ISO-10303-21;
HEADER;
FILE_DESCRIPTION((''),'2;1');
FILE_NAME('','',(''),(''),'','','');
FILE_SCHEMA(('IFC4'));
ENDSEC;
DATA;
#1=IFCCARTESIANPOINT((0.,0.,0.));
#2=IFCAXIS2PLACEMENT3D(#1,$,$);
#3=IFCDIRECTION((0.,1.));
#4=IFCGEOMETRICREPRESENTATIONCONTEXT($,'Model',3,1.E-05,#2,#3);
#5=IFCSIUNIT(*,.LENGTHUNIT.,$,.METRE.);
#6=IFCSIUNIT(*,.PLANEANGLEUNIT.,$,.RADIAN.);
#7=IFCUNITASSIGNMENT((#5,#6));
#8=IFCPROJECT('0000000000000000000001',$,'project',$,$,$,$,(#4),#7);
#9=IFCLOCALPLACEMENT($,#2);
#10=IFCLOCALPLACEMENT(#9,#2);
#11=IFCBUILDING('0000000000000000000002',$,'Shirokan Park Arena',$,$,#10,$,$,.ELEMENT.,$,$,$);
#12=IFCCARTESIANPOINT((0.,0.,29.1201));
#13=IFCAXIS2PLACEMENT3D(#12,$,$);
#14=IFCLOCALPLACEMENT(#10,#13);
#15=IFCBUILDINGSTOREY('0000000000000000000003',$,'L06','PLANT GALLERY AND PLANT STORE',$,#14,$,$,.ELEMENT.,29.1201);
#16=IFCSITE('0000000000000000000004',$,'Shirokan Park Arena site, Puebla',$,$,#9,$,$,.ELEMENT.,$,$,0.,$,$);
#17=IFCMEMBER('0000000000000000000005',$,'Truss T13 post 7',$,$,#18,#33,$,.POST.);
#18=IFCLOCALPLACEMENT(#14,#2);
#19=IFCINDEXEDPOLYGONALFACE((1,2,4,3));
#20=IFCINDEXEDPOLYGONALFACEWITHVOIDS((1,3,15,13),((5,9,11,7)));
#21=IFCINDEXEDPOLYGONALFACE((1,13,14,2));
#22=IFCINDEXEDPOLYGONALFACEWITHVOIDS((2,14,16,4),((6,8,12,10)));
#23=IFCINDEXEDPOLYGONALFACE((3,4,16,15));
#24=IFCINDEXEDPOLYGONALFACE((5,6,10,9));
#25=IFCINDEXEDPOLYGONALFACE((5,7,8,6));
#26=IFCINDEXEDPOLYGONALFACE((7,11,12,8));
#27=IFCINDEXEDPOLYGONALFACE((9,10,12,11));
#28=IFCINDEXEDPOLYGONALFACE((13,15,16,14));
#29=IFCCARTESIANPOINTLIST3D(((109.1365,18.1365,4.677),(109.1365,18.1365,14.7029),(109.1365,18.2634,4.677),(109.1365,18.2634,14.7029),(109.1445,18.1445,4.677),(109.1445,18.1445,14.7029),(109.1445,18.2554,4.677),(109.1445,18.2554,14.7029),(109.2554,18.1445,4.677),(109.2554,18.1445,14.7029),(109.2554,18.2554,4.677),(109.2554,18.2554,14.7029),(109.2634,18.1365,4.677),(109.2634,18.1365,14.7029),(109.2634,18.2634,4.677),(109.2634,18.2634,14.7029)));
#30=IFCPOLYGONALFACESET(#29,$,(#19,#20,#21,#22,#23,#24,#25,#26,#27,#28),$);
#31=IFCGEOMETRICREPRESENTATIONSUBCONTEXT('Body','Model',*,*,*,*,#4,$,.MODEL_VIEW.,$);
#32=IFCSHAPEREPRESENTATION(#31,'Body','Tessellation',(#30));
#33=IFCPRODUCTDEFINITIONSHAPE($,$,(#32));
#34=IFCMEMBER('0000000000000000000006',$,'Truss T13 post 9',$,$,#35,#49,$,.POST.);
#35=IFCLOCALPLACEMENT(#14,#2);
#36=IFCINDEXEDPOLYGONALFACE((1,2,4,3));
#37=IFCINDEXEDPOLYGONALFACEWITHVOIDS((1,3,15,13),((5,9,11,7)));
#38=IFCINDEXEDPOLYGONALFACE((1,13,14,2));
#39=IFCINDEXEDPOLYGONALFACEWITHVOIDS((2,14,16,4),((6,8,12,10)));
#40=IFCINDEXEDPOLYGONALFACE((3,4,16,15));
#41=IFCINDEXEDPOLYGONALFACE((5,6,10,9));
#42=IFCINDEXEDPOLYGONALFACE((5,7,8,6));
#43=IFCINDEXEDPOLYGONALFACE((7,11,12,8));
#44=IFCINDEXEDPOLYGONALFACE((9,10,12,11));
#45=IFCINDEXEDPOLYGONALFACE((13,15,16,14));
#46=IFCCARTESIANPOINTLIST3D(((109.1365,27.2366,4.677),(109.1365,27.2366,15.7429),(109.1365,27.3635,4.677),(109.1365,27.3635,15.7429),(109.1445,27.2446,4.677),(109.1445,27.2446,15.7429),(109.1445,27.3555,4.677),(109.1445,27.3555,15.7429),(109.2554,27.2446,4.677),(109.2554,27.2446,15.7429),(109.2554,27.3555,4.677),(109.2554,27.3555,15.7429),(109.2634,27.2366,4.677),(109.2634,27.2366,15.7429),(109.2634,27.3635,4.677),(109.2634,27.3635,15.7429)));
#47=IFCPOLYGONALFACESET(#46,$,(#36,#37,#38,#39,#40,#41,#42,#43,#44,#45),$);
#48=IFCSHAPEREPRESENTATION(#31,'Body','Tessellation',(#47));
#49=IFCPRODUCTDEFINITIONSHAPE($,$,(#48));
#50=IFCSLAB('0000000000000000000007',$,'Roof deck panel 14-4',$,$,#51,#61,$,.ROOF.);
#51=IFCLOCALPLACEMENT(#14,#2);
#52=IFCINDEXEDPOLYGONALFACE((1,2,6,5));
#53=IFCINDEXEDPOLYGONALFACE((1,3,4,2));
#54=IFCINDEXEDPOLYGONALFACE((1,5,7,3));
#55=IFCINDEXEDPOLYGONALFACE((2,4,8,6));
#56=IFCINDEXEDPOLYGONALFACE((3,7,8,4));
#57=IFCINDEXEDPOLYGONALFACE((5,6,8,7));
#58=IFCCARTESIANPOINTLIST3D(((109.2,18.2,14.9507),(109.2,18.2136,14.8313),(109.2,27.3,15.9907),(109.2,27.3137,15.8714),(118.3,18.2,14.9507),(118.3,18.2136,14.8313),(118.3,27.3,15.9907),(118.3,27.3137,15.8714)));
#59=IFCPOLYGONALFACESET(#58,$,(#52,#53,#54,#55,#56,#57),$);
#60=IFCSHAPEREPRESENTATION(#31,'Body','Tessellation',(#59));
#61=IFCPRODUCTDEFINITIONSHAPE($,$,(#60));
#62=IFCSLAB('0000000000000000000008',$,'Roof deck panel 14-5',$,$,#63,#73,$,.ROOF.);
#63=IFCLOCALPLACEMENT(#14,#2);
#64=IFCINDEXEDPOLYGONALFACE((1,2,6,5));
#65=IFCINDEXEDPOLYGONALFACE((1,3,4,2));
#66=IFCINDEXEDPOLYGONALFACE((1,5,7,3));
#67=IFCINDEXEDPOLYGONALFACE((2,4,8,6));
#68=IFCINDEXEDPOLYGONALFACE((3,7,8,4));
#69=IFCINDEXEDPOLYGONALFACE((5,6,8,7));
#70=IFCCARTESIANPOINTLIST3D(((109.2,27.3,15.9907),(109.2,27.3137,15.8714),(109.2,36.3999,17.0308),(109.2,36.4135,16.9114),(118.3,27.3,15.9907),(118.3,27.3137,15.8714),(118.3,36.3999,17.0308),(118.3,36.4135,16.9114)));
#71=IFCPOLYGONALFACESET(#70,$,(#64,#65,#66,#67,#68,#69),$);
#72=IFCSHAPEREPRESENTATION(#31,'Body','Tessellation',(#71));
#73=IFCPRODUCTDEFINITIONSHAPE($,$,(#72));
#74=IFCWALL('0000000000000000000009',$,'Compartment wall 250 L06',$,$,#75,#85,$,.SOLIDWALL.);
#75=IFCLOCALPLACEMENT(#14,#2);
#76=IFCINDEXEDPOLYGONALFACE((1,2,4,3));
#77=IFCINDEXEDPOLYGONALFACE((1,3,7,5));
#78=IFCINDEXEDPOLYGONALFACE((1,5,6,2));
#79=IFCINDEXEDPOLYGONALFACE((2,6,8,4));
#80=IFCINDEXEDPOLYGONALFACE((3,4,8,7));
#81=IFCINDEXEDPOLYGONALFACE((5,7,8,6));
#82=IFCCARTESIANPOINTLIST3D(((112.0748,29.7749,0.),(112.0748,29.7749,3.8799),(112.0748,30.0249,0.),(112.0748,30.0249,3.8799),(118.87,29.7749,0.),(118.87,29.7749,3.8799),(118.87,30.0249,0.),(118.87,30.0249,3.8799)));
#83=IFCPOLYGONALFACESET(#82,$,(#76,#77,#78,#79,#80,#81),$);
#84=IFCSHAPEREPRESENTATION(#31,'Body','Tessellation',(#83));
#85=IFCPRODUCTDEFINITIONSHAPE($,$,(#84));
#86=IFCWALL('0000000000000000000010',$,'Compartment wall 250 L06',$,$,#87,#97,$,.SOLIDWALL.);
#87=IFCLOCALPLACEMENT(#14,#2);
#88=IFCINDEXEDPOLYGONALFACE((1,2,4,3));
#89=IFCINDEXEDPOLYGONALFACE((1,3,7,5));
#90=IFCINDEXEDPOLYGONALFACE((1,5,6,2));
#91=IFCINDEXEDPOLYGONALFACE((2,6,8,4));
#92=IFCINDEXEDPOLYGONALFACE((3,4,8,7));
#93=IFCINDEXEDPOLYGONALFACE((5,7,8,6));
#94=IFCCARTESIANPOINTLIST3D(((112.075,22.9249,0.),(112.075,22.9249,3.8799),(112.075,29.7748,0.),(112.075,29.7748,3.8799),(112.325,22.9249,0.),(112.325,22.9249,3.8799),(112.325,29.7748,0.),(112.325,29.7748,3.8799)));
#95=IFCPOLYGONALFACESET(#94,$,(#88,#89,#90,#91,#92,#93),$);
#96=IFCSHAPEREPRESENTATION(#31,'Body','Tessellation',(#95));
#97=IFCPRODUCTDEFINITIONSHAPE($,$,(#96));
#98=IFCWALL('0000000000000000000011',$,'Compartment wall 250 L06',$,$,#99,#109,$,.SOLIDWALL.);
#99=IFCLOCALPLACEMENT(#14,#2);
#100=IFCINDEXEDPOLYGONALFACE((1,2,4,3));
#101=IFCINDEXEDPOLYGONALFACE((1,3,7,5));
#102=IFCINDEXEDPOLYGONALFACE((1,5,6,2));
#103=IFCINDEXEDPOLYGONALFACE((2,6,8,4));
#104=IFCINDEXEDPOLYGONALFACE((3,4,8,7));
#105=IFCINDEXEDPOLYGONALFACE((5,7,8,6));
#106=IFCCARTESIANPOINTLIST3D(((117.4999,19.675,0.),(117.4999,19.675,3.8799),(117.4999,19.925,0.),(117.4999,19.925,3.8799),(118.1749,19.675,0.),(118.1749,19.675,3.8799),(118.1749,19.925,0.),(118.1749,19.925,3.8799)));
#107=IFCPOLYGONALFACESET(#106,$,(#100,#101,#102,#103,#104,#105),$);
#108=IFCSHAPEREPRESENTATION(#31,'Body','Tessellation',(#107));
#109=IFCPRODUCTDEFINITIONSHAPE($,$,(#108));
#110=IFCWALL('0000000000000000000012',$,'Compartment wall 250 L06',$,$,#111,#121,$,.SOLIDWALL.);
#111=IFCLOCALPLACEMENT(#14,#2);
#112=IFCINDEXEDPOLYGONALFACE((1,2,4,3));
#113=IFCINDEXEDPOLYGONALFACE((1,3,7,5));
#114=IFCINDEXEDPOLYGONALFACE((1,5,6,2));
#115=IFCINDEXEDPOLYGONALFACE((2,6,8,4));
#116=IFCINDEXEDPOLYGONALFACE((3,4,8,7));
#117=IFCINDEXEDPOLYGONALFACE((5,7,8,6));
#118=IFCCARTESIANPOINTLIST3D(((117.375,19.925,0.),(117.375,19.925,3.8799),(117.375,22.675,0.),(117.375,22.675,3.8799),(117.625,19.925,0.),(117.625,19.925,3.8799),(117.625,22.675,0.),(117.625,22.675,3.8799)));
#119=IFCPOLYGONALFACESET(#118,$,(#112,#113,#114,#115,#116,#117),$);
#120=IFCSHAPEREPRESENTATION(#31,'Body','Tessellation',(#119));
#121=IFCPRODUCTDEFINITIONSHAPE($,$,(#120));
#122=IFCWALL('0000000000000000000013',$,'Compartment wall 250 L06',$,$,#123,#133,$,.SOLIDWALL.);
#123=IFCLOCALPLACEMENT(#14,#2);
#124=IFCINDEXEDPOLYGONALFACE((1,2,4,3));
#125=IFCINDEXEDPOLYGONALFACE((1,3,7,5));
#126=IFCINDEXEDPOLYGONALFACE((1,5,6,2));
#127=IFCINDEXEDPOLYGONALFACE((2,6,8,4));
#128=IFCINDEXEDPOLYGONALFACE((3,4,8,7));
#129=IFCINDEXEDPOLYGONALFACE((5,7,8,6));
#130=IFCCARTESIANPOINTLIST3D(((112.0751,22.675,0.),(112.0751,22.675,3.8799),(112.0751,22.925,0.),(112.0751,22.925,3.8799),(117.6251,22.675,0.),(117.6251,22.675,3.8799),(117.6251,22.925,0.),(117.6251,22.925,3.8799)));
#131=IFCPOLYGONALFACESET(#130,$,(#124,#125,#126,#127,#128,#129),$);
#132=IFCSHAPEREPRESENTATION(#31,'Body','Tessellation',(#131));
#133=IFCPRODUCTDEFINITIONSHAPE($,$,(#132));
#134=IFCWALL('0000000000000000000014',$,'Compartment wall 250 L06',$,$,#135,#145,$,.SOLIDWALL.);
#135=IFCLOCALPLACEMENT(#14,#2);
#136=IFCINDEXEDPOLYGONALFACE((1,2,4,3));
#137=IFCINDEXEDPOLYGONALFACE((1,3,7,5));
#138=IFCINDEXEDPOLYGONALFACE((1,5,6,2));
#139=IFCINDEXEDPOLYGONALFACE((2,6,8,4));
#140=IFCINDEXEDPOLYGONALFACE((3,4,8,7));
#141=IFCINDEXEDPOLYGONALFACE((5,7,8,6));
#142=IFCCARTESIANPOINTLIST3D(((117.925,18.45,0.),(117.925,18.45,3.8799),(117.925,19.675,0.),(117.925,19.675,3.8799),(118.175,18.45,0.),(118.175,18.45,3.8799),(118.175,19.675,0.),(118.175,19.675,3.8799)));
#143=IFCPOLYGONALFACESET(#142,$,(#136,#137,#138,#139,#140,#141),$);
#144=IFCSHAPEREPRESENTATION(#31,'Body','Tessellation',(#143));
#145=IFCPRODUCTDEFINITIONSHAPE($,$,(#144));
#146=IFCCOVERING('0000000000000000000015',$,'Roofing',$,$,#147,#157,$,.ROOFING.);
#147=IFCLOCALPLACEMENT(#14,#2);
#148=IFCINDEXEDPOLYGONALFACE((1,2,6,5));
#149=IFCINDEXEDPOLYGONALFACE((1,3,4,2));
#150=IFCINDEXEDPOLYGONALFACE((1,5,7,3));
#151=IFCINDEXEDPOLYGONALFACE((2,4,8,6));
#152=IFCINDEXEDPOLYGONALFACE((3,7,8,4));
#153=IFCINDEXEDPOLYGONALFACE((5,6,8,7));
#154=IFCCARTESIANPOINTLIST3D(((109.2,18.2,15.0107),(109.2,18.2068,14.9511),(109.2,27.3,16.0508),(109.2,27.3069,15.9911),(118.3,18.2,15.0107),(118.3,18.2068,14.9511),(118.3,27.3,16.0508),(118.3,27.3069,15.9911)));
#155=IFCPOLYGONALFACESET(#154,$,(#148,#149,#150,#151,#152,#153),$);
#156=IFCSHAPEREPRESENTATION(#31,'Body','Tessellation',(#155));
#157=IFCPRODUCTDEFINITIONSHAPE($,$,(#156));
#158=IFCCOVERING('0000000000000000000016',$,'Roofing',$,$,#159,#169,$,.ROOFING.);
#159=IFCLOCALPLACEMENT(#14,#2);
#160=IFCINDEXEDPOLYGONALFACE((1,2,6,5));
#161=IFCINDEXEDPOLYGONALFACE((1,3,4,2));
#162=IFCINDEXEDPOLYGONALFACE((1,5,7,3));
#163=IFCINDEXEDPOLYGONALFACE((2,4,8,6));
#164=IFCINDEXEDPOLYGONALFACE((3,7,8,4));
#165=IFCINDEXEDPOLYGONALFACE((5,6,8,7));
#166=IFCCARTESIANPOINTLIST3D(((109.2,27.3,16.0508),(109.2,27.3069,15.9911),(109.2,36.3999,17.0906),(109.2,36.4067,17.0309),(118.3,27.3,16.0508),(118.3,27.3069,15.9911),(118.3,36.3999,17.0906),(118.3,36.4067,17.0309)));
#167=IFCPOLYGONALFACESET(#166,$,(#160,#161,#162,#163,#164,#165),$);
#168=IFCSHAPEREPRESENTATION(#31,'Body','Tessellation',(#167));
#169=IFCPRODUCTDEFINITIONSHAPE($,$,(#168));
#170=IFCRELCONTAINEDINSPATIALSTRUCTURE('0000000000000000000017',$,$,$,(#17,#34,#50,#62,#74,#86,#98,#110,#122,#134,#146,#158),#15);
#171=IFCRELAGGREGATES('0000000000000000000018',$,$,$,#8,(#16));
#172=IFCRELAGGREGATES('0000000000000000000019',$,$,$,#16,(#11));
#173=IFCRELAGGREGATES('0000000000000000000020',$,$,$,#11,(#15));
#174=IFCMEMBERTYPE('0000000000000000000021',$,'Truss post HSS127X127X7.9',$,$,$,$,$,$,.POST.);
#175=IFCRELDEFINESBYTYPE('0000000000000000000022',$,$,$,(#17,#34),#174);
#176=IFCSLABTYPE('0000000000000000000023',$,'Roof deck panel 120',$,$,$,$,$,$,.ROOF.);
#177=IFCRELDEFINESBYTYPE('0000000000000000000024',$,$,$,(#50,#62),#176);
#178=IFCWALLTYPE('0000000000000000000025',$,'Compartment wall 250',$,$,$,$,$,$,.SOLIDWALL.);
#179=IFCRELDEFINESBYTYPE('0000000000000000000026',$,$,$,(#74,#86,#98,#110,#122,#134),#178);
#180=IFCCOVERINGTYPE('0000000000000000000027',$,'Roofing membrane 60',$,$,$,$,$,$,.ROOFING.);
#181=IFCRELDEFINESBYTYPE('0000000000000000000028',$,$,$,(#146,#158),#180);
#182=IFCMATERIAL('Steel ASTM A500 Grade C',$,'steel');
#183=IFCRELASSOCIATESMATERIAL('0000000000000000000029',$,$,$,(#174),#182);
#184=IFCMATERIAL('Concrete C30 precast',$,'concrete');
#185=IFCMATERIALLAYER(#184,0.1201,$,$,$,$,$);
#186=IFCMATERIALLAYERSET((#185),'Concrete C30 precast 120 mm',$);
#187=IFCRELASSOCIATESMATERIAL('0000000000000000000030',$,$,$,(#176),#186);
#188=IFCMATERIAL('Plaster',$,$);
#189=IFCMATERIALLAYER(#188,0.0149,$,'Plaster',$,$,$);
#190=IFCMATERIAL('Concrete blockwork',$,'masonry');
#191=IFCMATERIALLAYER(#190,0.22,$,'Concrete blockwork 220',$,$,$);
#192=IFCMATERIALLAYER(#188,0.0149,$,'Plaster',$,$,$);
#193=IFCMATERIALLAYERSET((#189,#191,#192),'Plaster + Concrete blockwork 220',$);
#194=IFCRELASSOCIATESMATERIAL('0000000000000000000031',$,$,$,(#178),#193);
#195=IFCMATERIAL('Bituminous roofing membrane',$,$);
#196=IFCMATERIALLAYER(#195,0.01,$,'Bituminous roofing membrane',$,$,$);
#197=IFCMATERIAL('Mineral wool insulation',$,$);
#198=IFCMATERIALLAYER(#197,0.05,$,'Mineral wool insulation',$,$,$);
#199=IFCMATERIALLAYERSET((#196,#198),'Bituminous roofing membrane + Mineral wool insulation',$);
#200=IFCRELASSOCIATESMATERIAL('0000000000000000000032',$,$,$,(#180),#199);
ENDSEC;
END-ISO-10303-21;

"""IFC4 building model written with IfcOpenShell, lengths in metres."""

from ifc_helpers import new_model, si_unit, direction, frame, frame_2d, origin, origin_2d, place, context, subcontext, project, spatial, polyline, rectangle, hollow_rectangle, outline, extrude, material, layer, layer_set, material_profile, profile_set, type_object, element, save


model = new_model("IFC4")

# Units and contexts
model_context = context("Model", 3, precision=1e-05, world=origin(), true_north=direction((0.0, 1.0)))
body_context = subcontext(model_context, "Body", "Model", "MODEL_VIEW")
ifc_project = project(units=[si_unit("LENGTHUNIT", "METRE"), si_unit("PLANEANGLEUNIT", "RADIAN")], contexts=[model_context])

# Site, building, storey
site_placement = place(None, origin())
site = spatial("IfcSite", under=ifc_project, at=site_placement, Name="Shirokan Park Arena site, Puebla", CompositionType="ELEMENT", RefElevation=0.0)
building_placement = place(site_placement, origin())
building = spatial("IfcBuilding", under=site, at=building_placement, Name="Shirokan Park Arena", CompositionType="ELEMENT")
storey_placement = place(building_placement, frame((0.0, 0.0, 29.1201)))
storey = spatial("IfcBuildingStorey", under=building, at=storey_placement, Name="L06", Description="PLANT GALLERY AND PLANT STORE", CompositionType="ELEMENT", Elevation=29.1201)

# Shared definitions
ifc_material_1 = material(Name="Steel ASTM A500 Grade C", Category="steel")

# Members
ifc_material_profile_1 = material_profile(ifc_material_1, hollow_rectangle(XDim=0.127, YDim=0.127, WallThickness=0.0081, at=origin_2d()), Name="HSS127X127X7.9")
ifc_profile_set_1 = profile_set([ifc_material_profile_1], Name="Steel ASTM A500 Grade C")
member_type_1 = type_object("IfcMemberType", Name="Truss post HSS127X127X7.9", PredefinedType="POST", material=ifc_profile_set_1)
member_1_placement = place(storey_placement, frame((109.2, 18.2, 4.677), z_axis=(0.0, 0.0, 1.0), x_axis=(1.0, 0.0, 0.0)))
element("IfcMember", 1, at=member_1_placement, inside=storey, type_object=member_type_1, Name="Truss T13 post 7", PredefinedType="POST", context=body_context, shape_type="SweptSolid", body=[
    extrude(hollow_rectangle(XDim=0.127, YDim=0.127, WallThickness=0.0081, at=origin_2d()), origin(), (0.0, 0.0, 1.0), 10.0259),
])
member_2_placement = place(storey_placement, frame((109.2, 27.3, 4.677), z_axis=(0.0, 0.0, 1.0), x_axis=(1.0, 0.0, 0.0)))
element("IfcMember", 2, at=member_2_placement, inside=storey, type_object=member_type_1, Name="Truss T13 post 9", PredefinedType="POST", context=body_context, shape_type="SweptSolid", body=[
    extrude(hollow_rectangle(XDim=0.127, YDim=0.127, WallThickness=0.0081, at=origin_2d()), origin(), (0.0, 0.0, 1.0), 11.0659),
])

# Slabs
ifc_material_2 = material(Name="Concrete C30 precast", Category="concrete")
ifc_layer_1 = layer(ifc_material_2, 0.1201)
ifc_layer_set_1 = layer_set([ifc_layer_1], Name="Concrete C30 precast 120 mm")
slab_type = type_object("IfcSlabType", Name="Roof deck panel 120", PredefinedType="ROOF", material=ifc_layer_set_1)
slab_1_placement = place(storey_placement, frame((109.2, 18.2, 14.9507), z_axis=(0.0, -0.11355, 0.993532), x_axis=(1.0, 0.0, 0.0)))
element("IfcSlab", 3, at=slab_1_placement, inside=storey, type_object=slab_type, Name="Roof deck panel 14-4", PredefinedType="ROOF", context=body_context, shape_type="SweptSolid", body=[
    extrude(outline(polyline([(0.0, 0.0), (9.1001, 0.0), (9.1001, 9.1593), (0.0, 9.1593), (0.0, 0.0)])), origin(), (0.0, 0.0, -1.0), 0.1201),
])
slab_2_placement = place(storey_placement, frame((109.2, 27.3, 15.9907), z_axis=(0.0, -0.113553, 0.993532), x_axis=(1.0, 0.0, 0.0)))
element("IfcSlab", 4, at=slab_2_placement, inside=storey, type_object=slab_type, Name="Roof deck panel 14-5", PredefinedType="ROOF", context=body_context, shape_type="SweptSolid", body=[
    extrude(outline(polyline([(0.0, 0.0), (9.1001, 0.0), (9.1001, 9.1591), (0.0, 9.1591), (0.0, 0.0)])), origin(), (0.0, 0.0, -1.0), 0.1201),
])

# Walls
ifc_material_3 = material(Name="Plaster")
ifc_layer_2 = layer(ifc_material_3, 0.0149, Name="Plaster")
ifc_material_4 = material(Name="Concrete blockwork", Category="masonry")
ifc_layer_3 = layer(ifc_material_4, 0.22, Name="Concrete blockwork 220")
ifc_layer_4 = layer(ifc_material_3, 0.0149, Name="Plaster")
ifc_layer_set_2 = layer_set([ifc_layer_2, ifc_layer_3, ifc_layer_4], Name="Plaster + Concrete blockwork 220")
wall_type_1 = type_object("IfcWallType", Name="Compartment wall 250", PredefinedType="SOLIDWALL", material=ifc_layer_set_2)
wall_1_placement = place(storey_placement, frame((112.075, 29.8999, 0.0), z_axis=(0.0, 0.0, 1.0), x_axis=(1.0, 0.0, 0.0)))
element("IfcWall", 5, at=wall_1_placement, inside=storey, type_object=wall_type_1, Name="Compartment wall 250 L06", PredefinedType="SOLIDWALL", context=body_context, shape_type="SweptSolid", body=[
    extrude(rectangle(XDim=6.7952, YDim=0.25, at=frame_2d((3.3975, 0.0))), origin(), (0.0, 0.0, 1.0), 3.8799),
])
wall_2_placement = place(storey_placement, frame((112.2, 22.925, 0.0), z_axis=(0.0, 0.0, 1.0), x_axis=(0.0, 1.0, 0.0)))
element("IfcWall", 6, at=wall_2_placement, inside=storey, type_object=wall_type_1, Name="Compartment wall 250 L06", PredefinedType="SOLIDWALL", context=body_context, shape_type="SweptSolid", body=[
    extrude(rectangle(XDim=6.8499, YDim=0.25, at=frame_2d((3.4248, 0.0))), origin(), (0.0, 0.0, 1.0), 3.8799),
])
wall_3_placement = place(storey_placement, frame((117.5, 19.8, 0.0), z_axis=(0.0, 0.0, 1.0), x_axis=(1.0, 0.0, 0.0)))
element("IfcWall", 7, at=wall_3_placement, inside=storey, type_object=wall_type_1, Name="Compartment wall 250 L06", PredefinedType="SOLIDWALL", context=body_context, shape_type="SweptSolid", body=[
    extrude(rectangle(XDim=0.675, YDim=0.25, at=frame_2d((0.3374, 0.0))), origin(), (0.0, 0.0, 1.0), 3.8799),
])
wall_4_placement = place(storey_placement, frame((117.5, 19.925, 0.0), z_axis=(0.0, 0.0, 1.0), x_axis=(0.0, 1.0, 0.0)))
element("IfcWall", 8, at=wall_4_placement, inside=storey, type_object=wall_type_1, Name="Compartment wall 250 L06", PredefinedType="SOLIDWALL", context=body_context, shape_type="SweptSolid", body=[
    extrude(rectangle(XDim=2.75, YDim=0.25, at=frame_2d((1.375, 0.0))), origin(), (0.0, 0.0, 1.0), 3.8799),
])
wall_5_placement = place(storey_placement, frame((117.625, 22.8, 0.0), z_axis=(0.0, 0.0, 1.0), x_axis=(-1.0, 0.0, 0.0)))
element("IfcWall", 9, at=wall_5_placement, inside=storey, type_object=wall_type_1, Name="Compartment wall 250 L06", PredefinedType="SOLIDWALL", context=body_context, shape_type="SweptSolid", body=[
    extrude(rectangle(XDim=5.55, YDim=0.25, at=frame_2d((2.7749, 0.0))), origin(), (0.0, 0.0, 1.0), 3.8799),
])
wall_6_placement = place(storey_placement, frame((118.05, 19.675, 0.0), z_axis=(0.0, 0.0, 1.0), x_axis=(0.0, -1.0, 0.0)))
element("IfcWall", 10, at=wall_6_placement, inside=storey, type_object=wall_type_1, Name="Compartment wall 250 L06", PredefinedType="SOLIDWALL", context=body_context, shape_type="SweptSolid", body=[
    extrude(rectangle(XDim=1.2251, YDim=0.25, at=frame_2d((0.6125, 0.0))), origin(), (0.0, 0.0, 1.0), 3.8799),
])

# Shared definitions
ifc_material_5 = material(Name="Mineral wool insulation")

# Coverings
ifc_material_6 = material(Name="Bituminous roofing membrane")
ifc_layer_5 = layer(ifc_material_6, 0.01, Name="Bituminous roofing membrane")
ifc_layer_6 = layer(ifc_material_5, 0.05, Name="Mineral wool insulation")
ifc_layer_set_3 = layer_set([ifc_layer_5, ifc_layer_6], Name="Bituminous roofing membrane + Mineral wool insulation")
covering_type = type_object("IfcCoveringType", Name="Roofing membrane 60", PredefinedType="ROOFING", material=ifc_layer_set_3)
covering_1_placement = place(storey_placement, frame((109.2, 18.2, 15.0107), z_axis=(0.0, -0.11355, 0.993532), x_axis=(1.0, 0.0, 0.0)))
element("IfcCovering", 11, at=covering_1_placement, inside=storey, type_object=covering_type, Name="Roofing", PredefinedType="ROOFING", context=body_context, shape_type="SweptSolid", body=[
    extrude(outline(polyline([(0.0, 0.0), (9.1001, 0.0), (9.1001, 9.1593), (0.0, 9.1593), (0.0, 0.0)])), origin(), (0.0, 0.0, -1.0), 0.0601),
])
covering_2_placement = place(storey_placement, frame((109.2, 27.3, 16.0508), z_axis=(0.0, -0.113526, 0.993535), x_axis=(1.0, 0.0, 0.0)))
element("IfcCovering", 12, at=covering_2_placement, inside=storey, type_object=covering_type, Name="Roofing", PredefinedType="ROOFING", context=body_context, shape_type="SweptSolid", body=[
    extrude(outline(polyline([(0.0, 0.0), (9.1001, 0.0), (9.1001, 9.1591), (0.0, 9.1591), (0.0, 0.0)])), origin(), (0.0, 0.0, -1.0), 0.0601),
])

save(model, "model.ifc")
